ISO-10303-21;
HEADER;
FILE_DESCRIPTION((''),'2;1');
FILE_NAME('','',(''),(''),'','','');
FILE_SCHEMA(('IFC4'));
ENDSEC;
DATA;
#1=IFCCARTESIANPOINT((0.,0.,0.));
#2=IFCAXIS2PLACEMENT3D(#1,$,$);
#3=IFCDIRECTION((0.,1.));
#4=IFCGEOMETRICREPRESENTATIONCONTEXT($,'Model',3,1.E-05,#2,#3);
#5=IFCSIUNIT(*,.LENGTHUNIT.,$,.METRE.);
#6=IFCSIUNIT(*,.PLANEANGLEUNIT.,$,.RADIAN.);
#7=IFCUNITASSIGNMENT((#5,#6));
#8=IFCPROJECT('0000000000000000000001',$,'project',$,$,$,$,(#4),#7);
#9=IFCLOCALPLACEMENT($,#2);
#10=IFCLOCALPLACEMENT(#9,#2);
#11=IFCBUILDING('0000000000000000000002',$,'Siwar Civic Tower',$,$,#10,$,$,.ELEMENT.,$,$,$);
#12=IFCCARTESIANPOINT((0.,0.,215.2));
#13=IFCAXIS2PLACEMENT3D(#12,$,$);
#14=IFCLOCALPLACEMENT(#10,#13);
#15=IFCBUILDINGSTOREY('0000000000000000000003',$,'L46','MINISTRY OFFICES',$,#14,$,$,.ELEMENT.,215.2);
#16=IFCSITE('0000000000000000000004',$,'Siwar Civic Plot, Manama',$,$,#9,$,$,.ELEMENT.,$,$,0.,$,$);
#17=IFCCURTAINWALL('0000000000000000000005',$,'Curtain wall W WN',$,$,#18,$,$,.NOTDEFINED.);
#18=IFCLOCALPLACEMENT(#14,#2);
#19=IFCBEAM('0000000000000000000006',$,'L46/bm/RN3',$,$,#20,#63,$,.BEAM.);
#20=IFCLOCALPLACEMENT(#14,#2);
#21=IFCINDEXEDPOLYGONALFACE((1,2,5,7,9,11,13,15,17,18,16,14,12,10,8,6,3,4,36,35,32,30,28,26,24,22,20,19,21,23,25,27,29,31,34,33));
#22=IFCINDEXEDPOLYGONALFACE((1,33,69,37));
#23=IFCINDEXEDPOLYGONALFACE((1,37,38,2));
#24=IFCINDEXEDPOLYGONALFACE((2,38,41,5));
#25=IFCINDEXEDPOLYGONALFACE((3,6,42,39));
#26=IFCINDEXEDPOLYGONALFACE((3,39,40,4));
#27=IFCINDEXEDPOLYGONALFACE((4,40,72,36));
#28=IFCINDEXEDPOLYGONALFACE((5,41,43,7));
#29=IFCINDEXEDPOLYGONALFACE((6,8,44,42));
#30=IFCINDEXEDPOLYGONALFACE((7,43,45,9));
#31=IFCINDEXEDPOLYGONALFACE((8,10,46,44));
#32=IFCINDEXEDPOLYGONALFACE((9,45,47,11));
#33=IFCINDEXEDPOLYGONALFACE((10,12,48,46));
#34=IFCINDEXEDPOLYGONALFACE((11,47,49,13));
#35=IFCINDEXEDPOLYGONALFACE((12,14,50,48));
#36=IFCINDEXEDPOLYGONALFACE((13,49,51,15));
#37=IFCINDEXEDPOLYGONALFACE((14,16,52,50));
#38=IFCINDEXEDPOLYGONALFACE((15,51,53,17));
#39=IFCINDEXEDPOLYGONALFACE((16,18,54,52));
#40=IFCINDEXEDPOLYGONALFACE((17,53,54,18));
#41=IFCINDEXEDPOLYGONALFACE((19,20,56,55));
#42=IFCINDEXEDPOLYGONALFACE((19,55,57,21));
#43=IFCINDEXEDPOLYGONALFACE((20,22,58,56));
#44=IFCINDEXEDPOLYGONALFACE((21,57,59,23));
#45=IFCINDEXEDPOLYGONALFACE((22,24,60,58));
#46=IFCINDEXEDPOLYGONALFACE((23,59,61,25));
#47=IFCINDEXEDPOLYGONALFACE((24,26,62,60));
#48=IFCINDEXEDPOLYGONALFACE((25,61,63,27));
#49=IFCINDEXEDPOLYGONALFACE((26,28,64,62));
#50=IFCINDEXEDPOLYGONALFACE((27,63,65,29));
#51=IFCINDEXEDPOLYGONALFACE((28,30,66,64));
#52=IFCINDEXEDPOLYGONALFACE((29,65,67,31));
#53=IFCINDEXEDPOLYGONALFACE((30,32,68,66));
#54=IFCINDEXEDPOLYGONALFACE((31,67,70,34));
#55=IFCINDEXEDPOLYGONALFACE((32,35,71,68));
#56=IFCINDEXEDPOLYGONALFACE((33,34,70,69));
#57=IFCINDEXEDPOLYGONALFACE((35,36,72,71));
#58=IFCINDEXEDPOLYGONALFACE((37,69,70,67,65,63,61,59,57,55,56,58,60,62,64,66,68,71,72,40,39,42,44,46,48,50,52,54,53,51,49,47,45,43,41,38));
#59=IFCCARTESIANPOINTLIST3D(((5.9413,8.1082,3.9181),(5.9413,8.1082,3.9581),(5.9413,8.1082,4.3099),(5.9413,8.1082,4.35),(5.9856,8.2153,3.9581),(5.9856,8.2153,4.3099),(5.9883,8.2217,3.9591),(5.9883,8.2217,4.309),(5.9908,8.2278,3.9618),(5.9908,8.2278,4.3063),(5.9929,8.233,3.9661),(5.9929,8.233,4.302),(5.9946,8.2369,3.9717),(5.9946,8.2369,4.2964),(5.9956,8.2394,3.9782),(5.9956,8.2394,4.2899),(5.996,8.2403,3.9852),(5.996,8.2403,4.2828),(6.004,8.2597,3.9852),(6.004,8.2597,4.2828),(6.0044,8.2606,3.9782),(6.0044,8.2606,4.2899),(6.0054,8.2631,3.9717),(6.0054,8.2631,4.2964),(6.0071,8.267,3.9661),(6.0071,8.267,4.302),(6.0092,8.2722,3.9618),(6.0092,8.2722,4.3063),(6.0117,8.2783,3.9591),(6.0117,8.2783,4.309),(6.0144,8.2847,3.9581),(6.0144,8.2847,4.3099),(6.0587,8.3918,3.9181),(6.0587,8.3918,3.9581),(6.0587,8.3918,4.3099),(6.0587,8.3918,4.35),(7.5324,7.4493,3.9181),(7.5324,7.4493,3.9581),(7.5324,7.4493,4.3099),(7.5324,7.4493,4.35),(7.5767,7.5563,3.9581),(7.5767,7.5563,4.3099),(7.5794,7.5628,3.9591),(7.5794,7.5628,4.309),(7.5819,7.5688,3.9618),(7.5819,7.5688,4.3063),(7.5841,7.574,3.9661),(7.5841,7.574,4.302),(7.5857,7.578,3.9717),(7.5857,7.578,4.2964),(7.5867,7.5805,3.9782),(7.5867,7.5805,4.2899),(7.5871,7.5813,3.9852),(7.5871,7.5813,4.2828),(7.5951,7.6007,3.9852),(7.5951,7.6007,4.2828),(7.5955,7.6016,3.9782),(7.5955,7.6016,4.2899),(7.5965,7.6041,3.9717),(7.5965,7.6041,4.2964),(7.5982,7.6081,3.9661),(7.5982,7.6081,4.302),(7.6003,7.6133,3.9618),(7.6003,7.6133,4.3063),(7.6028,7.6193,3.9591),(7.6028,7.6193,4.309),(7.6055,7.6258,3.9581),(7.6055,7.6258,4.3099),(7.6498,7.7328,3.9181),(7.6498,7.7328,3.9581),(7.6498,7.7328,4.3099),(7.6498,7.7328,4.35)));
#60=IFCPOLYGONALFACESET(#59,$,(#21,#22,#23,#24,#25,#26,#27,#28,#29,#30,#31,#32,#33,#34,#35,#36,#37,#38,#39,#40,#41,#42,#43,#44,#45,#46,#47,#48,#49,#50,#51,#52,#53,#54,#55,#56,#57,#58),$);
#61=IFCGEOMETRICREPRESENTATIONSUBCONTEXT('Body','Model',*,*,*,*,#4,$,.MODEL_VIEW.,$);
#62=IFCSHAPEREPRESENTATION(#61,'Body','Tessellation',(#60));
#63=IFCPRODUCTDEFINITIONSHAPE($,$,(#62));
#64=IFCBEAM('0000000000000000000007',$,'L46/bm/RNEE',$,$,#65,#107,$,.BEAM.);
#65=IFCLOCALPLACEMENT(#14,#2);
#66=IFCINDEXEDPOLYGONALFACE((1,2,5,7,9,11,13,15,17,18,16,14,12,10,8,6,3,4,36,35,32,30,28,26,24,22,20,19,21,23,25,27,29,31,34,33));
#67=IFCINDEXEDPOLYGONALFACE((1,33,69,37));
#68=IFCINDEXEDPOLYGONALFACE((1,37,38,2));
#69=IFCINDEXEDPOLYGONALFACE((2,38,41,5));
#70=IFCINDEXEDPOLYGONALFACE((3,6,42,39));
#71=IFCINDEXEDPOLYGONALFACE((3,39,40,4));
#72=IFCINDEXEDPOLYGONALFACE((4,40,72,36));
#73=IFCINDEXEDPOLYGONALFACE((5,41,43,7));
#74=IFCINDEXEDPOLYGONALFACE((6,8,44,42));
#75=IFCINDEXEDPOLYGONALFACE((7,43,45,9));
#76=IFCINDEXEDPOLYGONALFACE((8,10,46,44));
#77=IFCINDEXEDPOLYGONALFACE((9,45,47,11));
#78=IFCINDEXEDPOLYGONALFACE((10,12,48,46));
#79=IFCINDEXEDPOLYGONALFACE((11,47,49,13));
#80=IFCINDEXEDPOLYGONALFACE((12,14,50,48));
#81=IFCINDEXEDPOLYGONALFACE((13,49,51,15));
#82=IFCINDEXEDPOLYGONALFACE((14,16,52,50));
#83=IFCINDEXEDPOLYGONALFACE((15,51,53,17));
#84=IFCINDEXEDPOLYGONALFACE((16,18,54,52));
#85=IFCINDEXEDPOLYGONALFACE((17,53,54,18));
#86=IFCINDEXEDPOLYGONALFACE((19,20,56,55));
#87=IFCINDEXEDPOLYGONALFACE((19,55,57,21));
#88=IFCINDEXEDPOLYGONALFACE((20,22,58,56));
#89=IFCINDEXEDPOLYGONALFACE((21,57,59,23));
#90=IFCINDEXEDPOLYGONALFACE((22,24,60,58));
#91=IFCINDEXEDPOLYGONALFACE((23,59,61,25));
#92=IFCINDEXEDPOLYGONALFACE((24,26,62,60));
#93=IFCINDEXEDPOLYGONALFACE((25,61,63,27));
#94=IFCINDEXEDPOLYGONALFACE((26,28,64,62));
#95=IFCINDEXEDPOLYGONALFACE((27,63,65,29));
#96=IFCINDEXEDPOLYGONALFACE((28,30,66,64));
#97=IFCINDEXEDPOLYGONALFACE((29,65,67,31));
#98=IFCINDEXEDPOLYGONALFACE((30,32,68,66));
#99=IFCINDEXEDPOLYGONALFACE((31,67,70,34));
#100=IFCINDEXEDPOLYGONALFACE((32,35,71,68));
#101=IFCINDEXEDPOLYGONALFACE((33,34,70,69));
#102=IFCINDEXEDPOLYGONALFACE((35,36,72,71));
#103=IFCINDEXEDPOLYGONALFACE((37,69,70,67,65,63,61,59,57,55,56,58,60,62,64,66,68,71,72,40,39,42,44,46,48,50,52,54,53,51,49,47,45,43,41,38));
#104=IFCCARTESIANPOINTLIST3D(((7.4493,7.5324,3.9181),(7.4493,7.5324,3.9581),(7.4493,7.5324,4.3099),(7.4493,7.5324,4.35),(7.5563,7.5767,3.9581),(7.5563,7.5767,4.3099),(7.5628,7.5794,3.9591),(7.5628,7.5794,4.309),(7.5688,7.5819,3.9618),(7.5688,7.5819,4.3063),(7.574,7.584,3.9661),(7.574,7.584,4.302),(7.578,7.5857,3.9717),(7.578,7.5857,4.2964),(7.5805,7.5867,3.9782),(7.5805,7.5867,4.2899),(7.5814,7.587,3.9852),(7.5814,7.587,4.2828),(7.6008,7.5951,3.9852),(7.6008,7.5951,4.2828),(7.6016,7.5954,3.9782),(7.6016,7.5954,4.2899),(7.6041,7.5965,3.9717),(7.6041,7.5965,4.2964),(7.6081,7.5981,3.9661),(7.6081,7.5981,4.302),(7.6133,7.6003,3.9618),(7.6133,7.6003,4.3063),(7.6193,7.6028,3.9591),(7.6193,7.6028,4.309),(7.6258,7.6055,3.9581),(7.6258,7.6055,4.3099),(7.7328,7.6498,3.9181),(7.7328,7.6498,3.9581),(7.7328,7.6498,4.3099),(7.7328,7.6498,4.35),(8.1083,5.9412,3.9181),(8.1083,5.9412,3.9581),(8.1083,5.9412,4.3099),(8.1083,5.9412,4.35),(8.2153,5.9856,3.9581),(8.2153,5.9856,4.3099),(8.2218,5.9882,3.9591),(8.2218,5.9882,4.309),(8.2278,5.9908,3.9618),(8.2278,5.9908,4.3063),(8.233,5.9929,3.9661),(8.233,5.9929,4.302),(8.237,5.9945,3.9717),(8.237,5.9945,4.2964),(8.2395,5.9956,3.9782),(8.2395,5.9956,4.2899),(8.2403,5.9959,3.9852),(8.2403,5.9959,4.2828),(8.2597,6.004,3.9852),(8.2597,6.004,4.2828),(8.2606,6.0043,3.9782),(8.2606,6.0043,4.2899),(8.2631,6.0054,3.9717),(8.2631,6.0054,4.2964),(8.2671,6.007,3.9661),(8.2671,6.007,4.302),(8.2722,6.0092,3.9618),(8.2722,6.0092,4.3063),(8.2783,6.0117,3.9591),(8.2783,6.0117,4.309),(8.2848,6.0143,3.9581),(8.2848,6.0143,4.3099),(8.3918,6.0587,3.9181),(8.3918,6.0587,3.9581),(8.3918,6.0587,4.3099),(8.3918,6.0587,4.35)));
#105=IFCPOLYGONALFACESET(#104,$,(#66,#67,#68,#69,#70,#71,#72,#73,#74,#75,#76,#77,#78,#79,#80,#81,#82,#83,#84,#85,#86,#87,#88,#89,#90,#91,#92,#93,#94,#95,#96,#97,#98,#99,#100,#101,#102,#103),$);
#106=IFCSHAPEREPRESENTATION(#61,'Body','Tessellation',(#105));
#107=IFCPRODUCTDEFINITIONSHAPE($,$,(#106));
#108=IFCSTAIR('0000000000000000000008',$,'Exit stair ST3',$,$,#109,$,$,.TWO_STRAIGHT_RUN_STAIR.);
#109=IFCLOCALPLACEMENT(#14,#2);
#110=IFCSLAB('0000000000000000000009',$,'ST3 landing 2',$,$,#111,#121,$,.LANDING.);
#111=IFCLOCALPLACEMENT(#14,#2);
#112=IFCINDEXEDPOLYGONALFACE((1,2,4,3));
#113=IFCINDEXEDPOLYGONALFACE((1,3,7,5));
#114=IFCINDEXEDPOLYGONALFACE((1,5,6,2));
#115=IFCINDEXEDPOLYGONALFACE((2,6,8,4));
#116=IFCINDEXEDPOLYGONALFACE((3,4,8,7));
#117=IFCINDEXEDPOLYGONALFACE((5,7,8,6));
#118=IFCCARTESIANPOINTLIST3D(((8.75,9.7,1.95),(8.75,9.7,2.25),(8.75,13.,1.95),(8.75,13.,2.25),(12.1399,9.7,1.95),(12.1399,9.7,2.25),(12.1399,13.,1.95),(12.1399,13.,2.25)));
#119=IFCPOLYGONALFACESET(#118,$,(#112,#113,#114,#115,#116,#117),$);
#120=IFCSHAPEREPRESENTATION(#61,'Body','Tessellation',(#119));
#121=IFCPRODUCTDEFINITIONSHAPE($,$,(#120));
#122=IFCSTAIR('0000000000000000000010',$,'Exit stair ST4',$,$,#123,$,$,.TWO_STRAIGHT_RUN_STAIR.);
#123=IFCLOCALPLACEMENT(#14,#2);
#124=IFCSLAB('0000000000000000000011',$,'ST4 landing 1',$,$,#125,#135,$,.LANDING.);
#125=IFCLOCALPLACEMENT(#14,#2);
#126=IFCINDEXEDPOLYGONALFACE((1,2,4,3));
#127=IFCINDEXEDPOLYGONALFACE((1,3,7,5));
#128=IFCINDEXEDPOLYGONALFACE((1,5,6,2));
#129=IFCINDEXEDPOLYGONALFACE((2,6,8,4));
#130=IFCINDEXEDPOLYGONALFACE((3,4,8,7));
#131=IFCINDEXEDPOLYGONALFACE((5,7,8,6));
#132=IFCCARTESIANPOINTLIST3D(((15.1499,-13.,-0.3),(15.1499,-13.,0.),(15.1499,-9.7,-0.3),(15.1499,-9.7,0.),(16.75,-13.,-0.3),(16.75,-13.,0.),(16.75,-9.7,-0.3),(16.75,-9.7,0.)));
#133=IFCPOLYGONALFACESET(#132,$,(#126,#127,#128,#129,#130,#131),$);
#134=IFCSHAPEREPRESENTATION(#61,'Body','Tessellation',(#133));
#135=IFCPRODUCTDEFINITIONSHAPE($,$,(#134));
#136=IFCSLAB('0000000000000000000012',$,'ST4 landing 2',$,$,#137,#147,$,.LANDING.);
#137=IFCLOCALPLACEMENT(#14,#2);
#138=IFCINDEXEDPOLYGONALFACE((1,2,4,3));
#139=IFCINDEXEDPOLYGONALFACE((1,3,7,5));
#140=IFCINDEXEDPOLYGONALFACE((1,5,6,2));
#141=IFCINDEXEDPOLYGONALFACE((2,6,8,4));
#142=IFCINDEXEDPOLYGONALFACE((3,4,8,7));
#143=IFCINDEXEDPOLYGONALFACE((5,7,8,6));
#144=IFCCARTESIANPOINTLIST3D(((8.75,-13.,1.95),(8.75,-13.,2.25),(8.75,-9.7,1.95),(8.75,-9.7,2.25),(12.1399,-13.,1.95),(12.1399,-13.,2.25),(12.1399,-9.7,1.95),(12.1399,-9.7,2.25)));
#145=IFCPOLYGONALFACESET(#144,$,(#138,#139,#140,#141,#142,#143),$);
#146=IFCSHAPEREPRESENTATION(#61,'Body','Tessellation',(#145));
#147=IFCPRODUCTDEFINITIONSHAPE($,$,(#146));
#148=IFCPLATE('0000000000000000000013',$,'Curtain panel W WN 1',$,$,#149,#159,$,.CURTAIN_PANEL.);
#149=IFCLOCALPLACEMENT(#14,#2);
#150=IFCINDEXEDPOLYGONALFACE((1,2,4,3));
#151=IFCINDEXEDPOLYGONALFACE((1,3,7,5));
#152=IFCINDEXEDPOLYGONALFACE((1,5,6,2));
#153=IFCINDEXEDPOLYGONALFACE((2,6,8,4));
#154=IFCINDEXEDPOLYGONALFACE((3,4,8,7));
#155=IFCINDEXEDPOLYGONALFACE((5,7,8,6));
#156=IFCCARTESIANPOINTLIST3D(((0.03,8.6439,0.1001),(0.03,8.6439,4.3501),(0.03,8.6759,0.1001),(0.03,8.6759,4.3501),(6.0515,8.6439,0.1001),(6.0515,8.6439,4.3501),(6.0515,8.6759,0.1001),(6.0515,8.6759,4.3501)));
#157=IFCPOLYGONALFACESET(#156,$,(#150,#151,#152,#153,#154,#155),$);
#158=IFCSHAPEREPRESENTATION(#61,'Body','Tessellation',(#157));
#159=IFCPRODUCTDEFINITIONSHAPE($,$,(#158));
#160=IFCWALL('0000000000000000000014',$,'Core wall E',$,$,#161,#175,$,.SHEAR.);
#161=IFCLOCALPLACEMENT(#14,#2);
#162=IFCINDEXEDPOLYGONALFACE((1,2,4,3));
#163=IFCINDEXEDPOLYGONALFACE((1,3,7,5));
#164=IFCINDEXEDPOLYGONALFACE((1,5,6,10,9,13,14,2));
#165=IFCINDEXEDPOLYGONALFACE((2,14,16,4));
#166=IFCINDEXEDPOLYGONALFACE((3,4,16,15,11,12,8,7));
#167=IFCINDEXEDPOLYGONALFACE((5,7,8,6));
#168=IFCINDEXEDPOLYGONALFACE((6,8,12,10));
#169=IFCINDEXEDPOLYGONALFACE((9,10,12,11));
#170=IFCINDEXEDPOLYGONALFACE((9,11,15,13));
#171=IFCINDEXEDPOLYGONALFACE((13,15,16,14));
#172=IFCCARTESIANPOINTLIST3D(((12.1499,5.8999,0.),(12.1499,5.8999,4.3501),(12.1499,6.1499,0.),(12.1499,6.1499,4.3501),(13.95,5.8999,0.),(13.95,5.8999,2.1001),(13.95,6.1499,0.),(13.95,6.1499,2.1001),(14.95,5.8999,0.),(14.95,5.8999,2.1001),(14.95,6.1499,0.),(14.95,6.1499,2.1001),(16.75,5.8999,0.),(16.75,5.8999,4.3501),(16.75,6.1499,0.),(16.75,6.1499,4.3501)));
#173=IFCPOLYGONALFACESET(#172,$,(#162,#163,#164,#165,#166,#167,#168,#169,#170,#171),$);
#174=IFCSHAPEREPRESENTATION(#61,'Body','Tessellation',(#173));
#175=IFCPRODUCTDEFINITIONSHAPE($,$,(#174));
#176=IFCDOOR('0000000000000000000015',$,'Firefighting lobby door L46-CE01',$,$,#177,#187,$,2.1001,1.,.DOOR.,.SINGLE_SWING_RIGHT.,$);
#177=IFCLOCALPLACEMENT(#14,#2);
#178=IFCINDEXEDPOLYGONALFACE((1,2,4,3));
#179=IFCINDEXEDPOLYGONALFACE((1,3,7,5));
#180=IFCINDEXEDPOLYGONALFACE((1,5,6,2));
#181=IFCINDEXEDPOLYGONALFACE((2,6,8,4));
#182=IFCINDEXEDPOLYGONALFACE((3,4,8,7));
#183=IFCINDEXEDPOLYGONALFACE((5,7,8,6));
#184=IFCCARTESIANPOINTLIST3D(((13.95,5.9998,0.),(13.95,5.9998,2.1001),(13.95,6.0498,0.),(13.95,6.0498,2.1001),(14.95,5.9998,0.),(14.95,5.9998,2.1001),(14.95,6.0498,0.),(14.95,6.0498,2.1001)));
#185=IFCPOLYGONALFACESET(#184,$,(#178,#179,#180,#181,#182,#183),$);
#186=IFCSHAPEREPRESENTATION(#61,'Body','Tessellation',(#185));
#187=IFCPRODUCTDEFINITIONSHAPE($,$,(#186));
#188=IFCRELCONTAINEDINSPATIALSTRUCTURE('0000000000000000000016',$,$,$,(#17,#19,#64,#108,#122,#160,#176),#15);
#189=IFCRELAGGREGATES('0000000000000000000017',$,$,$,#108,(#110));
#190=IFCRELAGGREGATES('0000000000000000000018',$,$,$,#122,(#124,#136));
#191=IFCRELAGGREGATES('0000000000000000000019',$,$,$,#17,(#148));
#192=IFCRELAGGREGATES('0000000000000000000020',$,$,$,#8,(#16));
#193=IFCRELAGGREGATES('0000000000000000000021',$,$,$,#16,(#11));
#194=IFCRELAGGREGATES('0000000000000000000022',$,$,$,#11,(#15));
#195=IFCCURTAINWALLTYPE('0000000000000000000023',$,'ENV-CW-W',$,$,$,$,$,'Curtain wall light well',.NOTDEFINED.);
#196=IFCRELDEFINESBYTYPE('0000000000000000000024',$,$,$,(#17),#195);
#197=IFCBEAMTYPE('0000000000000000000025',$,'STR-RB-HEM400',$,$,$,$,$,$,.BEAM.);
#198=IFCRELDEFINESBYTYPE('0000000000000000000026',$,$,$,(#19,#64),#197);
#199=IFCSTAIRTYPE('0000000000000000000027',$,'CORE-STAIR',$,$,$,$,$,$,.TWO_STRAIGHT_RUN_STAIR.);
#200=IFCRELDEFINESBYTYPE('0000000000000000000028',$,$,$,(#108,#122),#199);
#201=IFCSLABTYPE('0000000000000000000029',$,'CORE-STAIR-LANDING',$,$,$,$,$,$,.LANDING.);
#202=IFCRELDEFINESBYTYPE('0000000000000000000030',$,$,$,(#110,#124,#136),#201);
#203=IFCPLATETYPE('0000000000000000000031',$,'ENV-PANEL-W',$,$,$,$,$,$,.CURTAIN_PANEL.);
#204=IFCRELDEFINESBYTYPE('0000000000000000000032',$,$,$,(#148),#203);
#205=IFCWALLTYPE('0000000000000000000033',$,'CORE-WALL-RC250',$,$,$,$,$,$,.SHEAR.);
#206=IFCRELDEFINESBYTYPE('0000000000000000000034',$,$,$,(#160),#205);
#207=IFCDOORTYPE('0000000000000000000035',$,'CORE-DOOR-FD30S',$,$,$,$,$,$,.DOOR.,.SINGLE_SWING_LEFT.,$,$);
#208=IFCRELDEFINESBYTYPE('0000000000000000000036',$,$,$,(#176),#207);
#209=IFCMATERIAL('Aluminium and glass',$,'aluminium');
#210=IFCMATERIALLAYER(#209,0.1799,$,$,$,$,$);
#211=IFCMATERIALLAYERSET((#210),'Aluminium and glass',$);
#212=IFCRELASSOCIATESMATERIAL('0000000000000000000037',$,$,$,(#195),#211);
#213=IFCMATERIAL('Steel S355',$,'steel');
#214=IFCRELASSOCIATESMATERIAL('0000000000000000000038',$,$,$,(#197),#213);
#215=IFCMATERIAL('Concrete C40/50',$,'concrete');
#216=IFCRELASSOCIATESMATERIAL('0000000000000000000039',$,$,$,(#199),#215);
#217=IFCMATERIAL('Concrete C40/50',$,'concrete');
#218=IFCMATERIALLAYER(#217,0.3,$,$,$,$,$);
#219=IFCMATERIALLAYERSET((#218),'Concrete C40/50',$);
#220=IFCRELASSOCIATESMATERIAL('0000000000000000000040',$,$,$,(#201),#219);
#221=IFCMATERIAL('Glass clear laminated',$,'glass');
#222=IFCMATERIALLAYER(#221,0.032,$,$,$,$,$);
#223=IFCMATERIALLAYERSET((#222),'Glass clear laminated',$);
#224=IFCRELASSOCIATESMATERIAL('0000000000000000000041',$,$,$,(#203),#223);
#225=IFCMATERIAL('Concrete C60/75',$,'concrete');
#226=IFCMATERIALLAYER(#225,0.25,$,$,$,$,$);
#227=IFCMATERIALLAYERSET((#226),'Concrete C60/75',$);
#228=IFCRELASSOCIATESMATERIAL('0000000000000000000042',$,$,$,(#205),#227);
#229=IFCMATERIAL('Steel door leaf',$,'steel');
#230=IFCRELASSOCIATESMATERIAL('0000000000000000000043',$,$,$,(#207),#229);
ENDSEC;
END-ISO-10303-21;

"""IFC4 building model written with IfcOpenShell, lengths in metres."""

from ifc_helpers import new_model, si_unit, direction, frame, frame_2d, origin, origin_2d, place, context, subcontext, project, spatial, polyline, rectangle, i_section, outline, extrude, material, layer, layer_set, material_profile, profile_set, type_object, element, fill, aggregate, save


model = new_model("IFC4")

# Units and contexts
model_context = context("Model", 3, precision=1e-05, world=origin(), true_north=direction((0.0, 1.0)))
body_context = subcontext(model_context, "Body", "Model", "MODEL_VIEW")
ifc_project = project(units=[si_unit("LENGTHUNIT", "METRE"), si_unit("PLANEANGLEUNIT", "RADIAN")], contexts=[model_context])

# Site, building, storey
site_placement = place(None, origin())
site = spatial("IfcSite", under=ifc_project, at=site_placement, Name="Siwar Civic Plot, Manama", CompositionType="ELEMENT", RefElevation=0.0)
building_placement = place(site_placement, origin())
building = spatial("IfcBuilding", under=site, at=building_placement, Name="Siwar Civic Tower", CompositionType="ELEMENT")
storey_placement = place(building_placement, frame((0.0, 0.0, 215.2)))
storey = spatial("IfcBuildingStorey", under=building, at=storey_placement, Name="L46", Description="MINISTRY OFFICES", CompositionType="ELEMENT", Elevation=215.2)

# Curtain wall
ifc_material_1 = material(Name="Aluminium and glass", Category="aluminium")
ifc_layer_1 = layer(ifc_material_1, 0.1799)
ifc_layer_set_1 = layer_set([ifc_layer_1], Name="Aluminium and glass")
curtain_wall_type = type_object("IfcCurtainWallType", Name="ENV-CW-W", ElementType="Curtain wall light well", PredefinedType="NOTDEFINED", material=ifc_layer_set_1)
curtain_wall_placement = place(storey_placement, origin())
curtain_wall = element("IfcCurtainWall", 1, at=curtain_wall_placement, inside=storey, type_object=curtain_wall_type, Name="Curtain wall W WN", PredefinedType="NOTDEFINED")

# Beams
ifc_material_2 = material(Name="Steel S355", Category="steel")
ifc_material_profile_1 = material_profile(ifc_material_2, i_section(OverallWidth=0.3069, OverallDepth=0.4319, WebThickness=0.021, FlangeThickness=0.04, FilletRadius=0.0271, at=origin_2d()), Name="HEM400")
ifc_profile_set_1 = profile_set([ifc_material_profile_1], Name="Steel S355")
beam_type_1 = type_object("IfcBeamType", Name="STR-RB-HEM400", PredefinedType="BEAM", material=ifc_profile_set_1)
for number, where, z_axis, x_axis, name in (
    (2, (6.0, 8.25, 4.134), (0.923901, -0.382631, 0.0), (0.382631, 0.923901, 0.0), "L46/bm/RN3"),
    (3, (7.5911, 7.5911, 4.134), (0.382631, -0.923901, 0.0), (0.923901, 0.382631, 0.0), "L46/bm/RNEE"),
):
    element("IfcBeam", number, at=place(storey_placement, frame(where, z_axis=z_axis, x_axis=x_axis)), inside=storey, type_object=beam_type_1, Name=name, PredefinedType="BEAM", context=body_context, shape_type="SweptSolid", body=[
        extrude(i_section(OverallWidth=0.3069, OverallDepth=0.4319, WebThickness=0.021, FlangeThickness=0.04, FilletRadius=0.0271, at=origin_2d()), origin(), (0.0, 0.0, 1.0), 1.7222),
    ])

# Stair, slab
ifc_material_3 = material(Name="Concrete C40/50", Category="concrete")
stair_type = type_object("IfcStairType", Name="CORE-STAIR", PredefinedType="TWO_STRAIGHT_RUN_STAIR", material=ifc_material_3)
stair_1_placement = place(storey_placement, origin())
stair_1 = element("IfcStair", 4, at=stair_1_placement, inside=storey, type_object=stair_type, Name="Exit stair ST3", PredefinedType="TWO_STRAIGHT_RUN_STAIR")
ifc_material_4 = material(Name="Concrete C40/50", Category="concrete")
ifc_layer_2 = layer(ifc_material_4, 0.3)
ifc_layer_set_2 = layer_set([ifc_layer_2], Name="Concrete C40/50")
slab_type_1 = type_object("IfcSlabType", Name="CORE-STAIR-LANDING", PredefinedType="LANDING", material=ifc_layer_set_2)
slab_1_placement = place(storey_placement, frame((0.0, 0.0, 1.95)))
slab_1 = element("IfcSlab", 5, at=slab_1_placement, type_object=slab_type_1, Name="ST3 landing 2", PredefinedType="LANDING", context=body_context, shape_type="SweptSolid", body=[
    extrude(outline(polyline([(8.75, 9.7), (12.1399, 9.7), (12.1399, 13.0), (8.75, 13.0), (8.75, 9.7)])), origin(), (0.0, 0.0, 1.0), 0.3),
])
aggregate(stair_1, [slab_1])

# Stair, slabs
stair_2_placement = place(storey_placement, origin())
stair_2 = element("IfcStair", 6, at=stair_2_placement, inside=storey, type_object=stair_type, Name="Exit stair ST4", PredefinedType="TWO_STRAIGHT_RUN_STAIR")
slab_2_placement = place(storey_placement, frame((0.0, 0.0, -0.3)))
slab_2 = element("IfcSlab", 7, at=slab_2_placement, type_object=slab_type_1, Name="ST4 landing 1", PredefinedType="LANDING", context=body_context, shape_type="SweptSolid", body=[
    extrude(outline(polyline([(15.1499, -13.0), (16.75, -13.0), (16.75, -9.7), (15.1499, -9.7), (15.1499, -13.0)])), origin(), (0.0, 0.0, 1.0), 0.3),
])
slab_3_placement = place(storey_placement, frame((0.0, 0.0, 1.95)))
slab_3 = element("IfcSlab", 8, at=slab_3_placement, type_object=slab_type_1, Name="ST4 landing 2", PredefinedType="LANDING", context=body_context, shape_type="SweptSolid", body=[
    extrude(outline(polyline([(8.75, -13.0), (12.1399, -13.0), (12.1399, -9.7), (8.75, -9.7), (8.75, -13.0)])), origin(), (0.0, 0.0, 1.0), 0.3),
])
aggregate(stair_2, [slab_2, slab_3])

# Plate
ifc_material_5 = material(Name="Glass clear laminated", Category="glass")
ifc_layer_3 = layer(ifc_material_5, 0.032)
ifc_layer_set_3 = layer_set([ifc_layer_3], Name="Glass clear laminated")
plate_type = type_object("IfcPlateType", Name="ENV-PANEL-W", PredefinedType="CURTAIN_PANEL", material=ifc_layer_set_3)
plate_placement = place(storey_placement, frame((3.0408, 8.6599, 0.1001), z_axis=(0.0, 0.0, 1.0), x_axis=(-1.0, 0.0, 0.0)))
plate = element("IfcPlate", 9, at=plate_placement, type_object=plate_type, Name="Curtain panel W WN 1", PredefinedType="CURTAIN_PANEL", context=body_context, shape_type="SweptSolid", body=[
    extrude(rectangle(XDim=6.0215, YDim=0.032, at=origin_2d()), origin(), (0.0, 0.0, 1.0), 4.25),
])
aggregate(curtain_wall, [plate])

# Wall, opening, door
ifc_material_6 = material(Name="Concrete C60/75", Category="concrete")
ifc_layer_4 = layer(ifc_material_6, 0.25)
ifc_layer_set_4 = layer_set([ifc_layer_4], Name="Concrete C60/75")
wall_type_1 = type_object("IfcWallType", Name="CORE-WALL-RC250", PredefinedType="SHEAR", material=ifc_layer_set_4)
wall_1_placement = place(storey_placement, frame((12.1499, 6.0249, 0.0), z_axis=(0.0, 0.0, 1.0), x_axis=(1.0, 0.0, 0.0)))
wall_1 = element("IfcWall", 10, at=wall_1_placement, inside=storey, type_object=wall_type_1, Name="Core wall E", PredefinedType="SHEAR", context=body_context, shape_type="SweptSolid", body=[
    extrude(rectangle(XDim=4.6001, YDim=0.25, at=frame_2d((2.3, 0.0))), origin(), (0.0, 0.0, 1.0), 4.3501),
])
opening_1_placement = place(wall_1_placement, frame((1.8, 0.0, 0.0)))
opening_1 = element("IfcOpeningElement", 11, at=opening_1_placement, cuts=wall_1, PredefinedType="OPENING", context=body_context, shape_type="SweptSolid", body=[
    extrude(rectangle(XDim=1.0, YDim=2.1001, at=frame_2d((0.5, 1.05))), frame((0.0, 0.135, 0.0), z_axis=(0.0, -1.0, 0.0), x_axis=(1.0, 0.0, 0.0)), (0.0, 0.0, 1.0), 0.27),
])
ifc_material_7 = material(Name="Steel door leaf", Category="steel")
door_type_1 = type_object("IfcDoorType", Name="CORE-DOOR-FD30S", OperationType="SINGLE_SWING_LEFT", PredefinedType="DOOR", material=ifc_material_7)
door_1_placement = place(opening_1_placement, origin())
door_1 = element("IfcDoor", 12, at=door_1_placement, inside=storey, type_object=door_type_1, Name="Firefighting lobby door L46-CE01", OperationType="SINGLE_SWING_RIGHT", OverallHeight=2.1001, OverallWidth=1.0, PredefinedType="DOOR", context=body_context, shape_type="SweptSolid", body=[
    extrude(rectangle(XDim=1.0, YDim=2.1001, at=frame_2d((0.5, 1.05))), frame((0.0, 0.0249, 0.0), z_axis=(0.0, -1.0, 0.0), x_axis=(1.0, 0.0, 0.0)), (0.0, 0.0, 1.0), 0.05),
])
fill(opening_1, door_1)

save(model, "model.ifc")
